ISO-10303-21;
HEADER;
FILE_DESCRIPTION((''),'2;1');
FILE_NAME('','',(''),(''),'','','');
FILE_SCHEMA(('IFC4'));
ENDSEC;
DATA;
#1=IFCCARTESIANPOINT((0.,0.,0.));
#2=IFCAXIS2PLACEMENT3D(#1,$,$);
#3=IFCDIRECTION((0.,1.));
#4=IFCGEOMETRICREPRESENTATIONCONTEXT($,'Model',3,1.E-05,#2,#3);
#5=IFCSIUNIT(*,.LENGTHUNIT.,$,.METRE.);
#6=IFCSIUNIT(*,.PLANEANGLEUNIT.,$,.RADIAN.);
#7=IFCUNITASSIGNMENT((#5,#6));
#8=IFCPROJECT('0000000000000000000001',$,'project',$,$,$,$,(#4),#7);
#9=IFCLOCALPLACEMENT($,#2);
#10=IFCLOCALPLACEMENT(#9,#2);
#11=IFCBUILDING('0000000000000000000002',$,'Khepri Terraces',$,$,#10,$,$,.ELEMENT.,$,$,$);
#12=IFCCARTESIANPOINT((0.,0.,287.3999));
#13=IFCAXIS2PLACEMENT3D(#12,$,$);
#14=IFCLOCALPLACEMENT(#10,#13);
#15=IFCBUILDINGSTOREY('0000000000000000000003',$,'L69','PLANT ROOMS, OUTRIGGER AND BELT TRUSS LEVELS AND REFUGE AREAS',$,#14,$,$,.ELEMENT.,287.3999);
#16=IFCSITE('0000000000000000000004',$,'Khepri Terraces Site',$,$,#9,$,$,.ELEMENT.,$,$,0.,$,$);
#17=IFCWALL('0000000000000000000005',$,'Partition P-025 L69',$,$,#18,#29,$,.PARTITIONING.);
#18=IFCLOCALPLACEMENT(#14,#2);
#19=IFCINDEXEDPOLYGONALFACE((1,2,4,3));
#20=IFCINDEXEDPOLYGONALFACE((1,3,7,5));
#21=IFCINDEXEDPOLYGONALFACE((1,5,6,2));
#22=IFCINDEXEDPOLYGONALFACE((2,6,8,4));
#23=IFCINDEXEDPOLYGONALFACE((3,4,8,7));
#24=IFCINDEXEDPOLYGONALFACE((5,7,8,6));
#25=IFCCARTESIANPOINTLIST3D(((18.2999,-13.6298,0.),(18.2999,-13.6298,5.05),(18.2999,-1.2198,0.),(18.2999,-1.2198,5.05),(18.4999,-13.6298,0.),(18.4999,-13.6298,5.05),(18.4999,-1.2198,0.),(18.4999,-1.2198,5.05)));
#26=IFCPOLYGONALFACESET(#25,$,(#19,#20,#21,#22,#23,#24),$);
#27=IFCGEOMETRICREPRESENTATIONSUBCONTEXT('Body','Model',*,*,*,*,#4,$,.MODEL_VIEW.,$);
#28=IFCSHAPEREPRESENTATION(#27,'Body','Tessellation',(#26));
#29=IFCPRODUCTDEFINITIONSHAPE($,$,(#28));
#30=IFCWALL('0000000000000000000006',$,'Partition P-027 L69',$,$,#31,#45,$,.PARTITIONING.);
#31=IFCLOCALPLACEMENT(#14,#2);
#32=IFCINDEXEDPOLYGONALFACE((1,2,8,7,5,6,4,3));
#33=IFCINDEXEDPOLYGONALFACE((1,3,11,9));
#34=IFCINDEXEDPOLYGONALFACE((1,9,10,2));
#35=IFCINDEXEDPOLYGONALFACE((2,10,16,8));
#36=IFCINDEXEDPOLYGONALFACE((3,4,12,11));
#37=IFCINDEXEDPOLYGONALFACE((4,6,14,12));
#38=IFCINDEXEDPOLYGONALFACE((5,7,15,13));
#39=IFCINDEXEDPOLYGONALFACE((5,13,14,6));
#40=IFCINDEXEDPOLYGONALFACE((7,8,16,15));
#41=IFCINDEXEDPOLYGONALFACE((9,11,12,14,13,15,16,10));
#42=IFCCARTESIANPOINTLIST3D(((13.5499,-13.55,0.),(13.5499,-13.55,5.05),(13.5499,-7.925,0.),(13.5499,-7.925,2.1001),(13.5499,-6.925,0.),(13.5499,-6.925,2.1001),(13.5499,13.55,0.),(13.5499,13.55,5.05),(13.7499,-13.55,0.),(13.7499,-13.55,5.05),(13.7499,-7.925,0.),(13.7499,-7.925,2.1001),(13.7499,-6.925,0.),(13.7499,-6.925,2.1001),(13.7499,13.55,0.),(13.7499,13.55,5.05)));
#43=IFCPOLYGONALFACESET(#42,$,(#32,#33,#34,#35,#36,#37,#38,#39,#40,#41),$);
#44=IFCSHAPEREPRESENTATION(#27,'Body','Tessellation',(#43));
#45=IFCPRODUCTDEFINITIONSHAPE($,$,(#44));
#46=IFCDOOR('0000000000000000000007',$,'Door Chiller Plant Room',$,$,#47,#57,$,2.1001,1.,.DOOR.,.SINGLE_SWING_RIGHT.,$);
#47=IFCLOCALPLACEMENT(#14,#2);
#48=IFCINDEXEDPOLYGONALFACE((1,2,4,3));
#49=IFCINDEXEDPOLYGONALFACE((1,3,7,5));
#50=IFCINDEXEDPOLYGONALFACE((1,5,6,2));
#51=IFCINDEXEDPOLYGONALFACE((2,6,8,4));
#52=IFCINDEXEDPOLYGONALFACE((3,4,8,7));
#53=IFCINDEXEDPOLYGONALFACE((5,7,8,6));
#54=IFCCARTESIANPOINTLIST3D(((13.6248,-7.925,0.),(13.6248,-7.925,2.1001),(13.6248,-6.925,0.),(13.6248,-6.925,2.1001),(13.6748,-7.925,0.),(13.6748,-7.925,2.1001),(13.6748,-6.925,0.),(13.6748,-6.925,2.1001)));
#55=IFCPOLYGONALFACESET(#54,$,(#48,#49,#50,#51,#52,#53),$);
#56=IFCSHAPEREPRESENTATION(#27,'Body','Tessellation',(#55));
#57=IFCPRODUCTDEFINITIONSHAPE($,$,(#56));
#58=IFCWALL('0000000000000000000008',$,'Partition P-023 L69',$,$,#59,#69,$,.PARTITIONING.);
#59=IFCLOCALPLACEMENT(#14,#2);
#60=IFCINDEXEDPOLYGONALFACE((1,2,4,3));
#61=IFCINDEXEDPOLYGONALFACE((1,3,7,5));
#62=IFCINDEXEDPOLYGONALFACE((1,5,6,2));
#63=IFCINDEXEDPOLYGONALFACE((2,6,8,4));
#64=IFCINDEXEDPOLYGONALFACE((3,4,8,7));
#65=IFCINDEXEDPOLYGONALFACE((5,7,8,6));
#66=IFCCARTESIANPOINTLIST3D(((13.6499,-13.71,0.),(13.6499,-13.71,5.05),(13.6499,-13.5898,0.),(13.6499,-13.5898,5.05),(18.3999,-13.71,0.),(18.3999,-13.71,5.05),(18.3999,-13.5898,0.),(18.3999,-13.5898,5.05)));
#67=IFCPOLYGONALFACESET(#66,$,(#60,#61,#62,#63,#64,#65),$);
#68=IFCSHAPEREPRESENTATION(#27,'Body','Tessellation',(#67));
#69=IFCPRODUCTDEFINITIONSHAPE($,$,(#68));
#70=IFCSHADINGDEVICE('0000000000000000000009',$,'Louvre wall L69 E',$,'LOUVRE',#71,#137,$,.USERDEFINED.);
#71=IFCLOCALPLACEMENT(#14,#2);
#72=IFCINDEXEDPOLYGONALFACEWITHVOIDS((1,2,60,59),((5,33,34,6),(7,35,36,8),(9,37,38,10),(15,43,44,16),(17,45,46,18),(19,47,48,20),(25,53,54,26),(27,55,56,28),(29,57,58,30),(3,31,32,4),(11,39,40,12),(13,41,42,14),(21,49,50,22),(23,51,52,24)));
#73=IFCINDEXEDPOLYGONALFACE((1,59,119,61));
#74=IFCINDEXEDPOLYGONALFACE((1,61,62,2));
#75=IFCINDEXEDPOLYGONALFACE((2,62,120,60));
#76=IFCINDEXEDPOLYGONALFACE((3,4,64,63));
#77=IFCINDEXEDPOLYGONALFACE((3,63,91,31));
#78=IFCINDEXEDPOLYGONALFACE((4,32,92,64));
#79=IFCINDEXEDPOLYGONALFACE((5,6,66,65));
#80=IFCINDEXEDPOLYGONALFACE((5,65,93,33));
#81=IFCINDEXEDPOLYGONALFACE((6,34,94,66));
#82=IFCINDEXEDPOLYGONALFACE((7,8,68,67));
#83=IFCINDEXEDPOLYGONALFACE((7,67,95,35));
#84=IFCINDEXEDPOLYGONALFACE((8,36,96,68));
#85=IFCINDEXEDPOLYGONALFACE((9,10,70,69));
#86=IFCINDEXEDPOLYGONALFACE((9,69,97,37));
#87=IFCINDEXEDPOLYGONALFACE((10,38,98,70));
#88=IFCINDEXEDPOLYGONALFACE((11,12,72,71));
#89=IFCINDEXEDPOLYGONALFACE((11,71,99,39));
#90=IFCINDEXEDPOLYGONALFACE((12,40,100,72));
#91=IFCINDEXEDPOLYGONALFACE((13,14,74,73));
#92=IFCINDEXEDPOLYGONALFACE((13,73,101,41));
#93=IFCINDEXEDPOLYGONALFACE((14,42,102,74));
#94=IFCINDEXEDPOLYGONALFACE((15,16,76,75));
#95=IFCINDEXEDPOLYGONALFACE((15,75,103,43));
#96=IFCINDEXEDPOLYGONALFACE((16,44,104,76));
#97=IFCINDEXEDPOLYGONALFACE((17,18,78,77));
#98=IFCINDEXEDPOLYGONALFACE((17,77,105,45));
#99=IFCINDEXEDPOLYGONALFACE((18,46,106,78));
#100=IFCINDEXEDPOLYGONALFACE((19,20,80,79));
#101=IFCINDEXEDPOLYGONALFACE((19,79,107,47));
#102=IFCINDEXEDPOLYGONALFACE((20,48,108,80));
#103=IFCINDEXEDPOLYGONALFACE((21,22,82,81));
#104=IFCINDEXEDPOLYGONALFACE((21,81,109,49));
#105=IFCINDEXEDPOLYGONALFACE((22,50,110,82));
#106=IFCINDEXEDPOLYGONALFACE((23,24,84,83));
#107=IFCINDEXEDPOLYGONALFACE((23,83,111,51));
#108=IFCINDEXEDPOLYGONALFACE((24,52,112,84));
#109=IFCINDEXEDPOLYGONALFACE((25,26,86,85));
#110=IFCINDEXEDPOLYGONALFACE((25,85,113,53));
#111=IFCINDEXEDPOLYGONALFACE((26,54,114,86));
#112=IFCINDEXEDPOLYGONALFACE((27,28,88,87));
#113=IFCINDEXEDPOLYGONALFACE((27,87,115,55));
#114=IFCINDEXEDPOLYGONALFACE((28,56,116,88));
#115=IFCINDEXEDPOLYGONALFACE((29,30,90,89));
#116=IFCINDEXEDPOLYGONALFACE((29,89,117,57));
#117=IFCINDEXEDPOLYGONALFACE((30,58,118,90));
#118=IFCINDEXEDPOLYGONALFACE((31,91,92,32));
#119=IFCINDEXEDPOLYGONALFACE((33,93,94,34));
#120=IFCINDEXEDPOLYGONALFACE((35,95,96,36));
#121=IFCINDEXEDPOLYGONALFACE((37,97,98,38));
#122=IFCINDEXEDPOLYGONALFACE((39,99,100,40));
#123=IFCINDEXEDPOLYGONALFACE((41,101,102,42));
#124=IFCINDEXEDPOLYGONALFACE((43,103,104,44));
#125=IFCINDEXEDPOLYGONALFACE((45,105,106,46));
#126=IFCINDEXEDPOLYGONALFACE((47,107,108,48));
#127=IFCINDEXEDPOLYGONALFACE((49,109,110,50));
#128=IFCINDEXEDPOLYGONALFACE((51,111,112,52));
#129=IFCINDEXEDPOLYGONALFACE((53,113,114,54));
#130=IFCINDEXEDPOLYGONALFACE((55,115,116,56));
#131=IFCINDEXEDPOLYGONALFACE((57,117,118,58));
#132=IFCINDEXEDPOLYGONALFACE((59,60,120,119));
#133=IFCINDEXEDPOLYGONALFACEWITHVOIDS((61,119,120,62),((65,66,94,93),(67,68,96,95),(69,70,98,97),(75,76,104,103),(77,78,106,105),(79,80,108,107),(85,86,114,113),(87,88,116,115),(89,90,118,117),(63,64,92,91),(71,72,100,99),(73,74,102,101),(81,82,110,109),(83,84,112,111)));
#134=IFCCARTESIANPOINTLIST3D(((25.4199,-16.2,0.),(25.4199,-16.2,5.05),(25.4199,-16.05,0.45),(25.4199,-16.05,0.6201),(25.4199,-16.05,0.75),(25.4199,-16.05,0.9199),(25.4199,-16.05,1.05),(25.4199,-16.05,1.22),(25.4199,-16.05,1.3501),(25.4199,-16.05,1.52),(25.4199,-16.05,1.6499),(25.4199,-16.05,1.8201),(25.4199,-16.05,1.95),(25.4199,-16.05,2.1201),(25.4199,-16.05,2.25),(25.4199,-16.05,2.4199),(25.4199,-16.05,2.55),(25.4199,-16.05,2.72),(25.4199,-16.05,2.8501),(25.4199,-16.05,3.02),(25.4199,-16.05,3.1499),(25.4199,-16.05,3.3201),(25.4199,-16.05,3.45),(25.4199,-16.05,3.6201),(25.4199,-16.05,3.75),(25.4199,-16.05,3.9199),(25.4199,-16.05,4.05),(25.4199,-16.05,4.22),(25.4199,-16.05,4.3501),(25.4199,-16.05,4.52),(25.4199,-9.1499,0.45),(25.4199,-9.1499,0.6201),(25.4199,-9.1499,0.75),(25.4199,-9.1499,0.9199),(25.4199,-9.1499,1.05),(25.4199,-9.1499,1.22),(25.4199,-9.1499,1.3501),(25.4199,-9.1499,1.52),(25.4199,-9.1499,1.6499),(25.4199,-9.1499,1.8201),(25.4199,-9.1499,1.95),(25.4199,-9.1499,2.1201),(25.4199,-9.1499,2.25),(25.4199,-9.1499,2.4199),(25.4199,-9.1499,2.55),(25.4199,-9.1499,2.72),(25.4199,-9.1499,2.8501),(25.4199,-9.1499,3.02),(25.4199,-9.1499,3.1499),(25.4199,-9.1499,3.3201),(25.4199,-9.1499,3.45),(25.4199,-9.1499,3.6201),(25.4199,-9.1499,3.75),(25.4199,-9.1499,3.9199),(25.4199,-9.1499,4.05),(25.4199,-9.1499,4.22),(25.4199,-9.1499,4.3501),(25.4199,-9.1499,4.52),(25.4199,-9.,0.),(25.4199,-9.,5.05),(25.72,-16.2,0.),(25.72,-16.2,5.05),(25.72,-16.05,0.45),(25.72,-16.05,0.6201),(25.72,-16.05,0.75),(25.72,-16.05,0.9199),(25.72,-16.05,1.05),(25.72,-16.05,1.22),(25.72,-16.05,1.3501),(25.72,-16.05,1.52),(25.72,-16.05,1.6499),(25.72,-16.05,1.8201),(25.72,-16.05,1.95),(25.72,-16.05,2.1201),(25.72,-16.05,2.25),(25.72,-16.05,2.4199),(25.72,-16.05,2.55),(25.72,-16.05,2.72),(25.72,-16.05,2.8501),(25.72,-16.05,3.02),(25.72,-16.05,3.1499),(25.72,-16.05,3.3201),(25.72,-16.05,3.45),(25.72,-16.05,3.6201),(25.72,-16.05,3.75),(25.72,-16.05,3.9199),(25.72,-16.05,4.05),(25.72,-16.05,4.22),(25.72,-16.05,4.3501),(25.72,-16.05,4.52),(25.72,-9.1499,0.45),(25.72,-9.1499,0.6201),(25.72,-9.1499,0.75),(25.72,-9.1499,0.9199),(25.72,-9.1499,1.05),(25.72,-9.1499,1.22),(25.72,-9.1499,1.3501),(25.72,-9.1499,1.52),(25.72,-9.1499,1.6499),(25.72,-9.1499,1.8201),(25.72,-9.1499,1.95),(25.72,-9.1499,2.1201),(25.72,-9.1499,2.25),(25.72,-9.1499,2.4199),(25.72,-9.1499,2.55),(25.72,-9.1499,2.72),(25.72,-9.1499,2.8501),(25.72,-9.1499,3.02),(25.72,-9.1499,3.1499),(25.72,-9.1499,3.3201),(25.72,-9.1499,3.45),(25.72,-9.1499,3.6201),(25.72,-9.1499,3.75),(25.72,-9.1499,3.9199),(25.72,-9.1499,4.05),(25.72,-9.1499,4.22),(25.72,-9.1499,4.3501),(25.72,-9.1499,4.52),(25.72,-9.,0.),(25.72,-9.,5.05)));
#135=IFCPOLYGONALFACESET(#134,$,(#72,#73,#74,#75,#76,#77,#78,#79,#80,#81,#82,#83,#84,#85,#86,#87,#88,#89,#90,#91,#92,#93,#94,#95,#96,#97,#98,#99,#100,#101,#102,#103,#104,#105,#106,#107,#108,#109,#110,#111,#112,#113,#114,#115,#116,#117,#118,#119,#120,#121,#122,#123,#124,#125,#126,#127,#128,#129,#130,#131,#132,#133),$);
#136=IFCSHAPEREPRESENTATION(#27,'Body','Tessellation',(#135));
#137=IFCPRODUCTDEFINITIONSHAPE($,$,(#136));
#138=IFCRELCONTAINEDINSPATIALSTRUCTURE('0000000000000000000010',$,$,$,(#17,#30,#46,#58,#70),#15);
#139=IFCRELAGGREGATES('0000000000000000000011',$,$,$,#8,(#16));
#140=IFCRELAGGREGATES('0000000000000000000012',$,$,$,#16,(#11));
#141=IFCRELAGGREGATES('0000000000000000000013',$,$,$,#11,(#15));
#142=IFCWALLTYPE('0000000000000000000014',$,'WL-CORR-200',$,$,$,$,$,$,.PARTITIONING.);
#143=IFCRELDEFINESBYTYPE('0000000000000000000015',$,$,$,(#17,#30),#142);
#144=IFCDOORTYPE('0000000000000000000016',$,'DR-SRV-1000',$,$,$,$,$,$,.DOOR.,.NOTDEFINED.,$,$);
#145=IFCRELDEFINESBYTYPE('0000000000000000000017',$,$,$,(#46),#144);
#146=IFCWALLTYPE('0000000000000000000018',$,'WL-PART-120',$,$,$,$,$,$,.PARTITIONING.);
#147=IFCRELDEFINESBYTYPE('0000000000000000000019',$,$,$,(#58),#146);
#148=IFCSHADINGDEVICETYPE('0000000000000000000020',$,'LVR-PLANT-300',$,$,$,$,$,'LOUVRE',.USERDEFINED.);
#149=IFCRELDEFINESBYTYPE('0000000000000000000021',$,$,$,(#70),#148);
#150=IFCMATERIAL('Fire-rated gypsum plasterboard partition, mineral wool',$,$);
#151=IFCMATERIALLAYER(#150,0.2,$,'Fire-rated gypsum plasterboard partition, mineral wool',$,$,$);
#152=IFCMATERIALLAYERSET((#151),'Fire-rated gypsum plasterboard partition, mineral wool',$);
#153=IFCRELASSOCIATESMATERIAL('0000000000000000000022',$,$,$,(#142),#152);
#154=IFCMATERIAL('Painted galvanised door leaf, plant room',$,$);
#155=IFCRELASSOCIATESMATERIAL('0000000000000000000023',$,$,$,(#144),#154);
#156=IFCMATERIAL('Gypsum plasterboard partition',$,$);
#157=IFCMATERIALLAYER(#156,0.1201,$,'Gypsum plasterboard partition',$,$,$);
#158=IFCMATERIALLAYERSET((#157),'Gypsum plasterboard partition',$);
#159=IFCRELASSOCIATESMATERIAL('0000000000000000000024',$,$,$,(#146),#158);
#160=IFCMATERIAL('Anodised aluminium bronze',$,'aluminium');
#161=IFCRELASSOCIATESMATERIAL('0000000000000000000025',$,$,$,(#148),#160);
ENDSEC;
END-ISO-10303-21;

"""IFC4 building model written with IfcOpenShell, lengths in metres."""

from ifc_helpers import new_model, si_unit, direction, frame, frame_2d, origin, place, context, subcontext, project, spatial, polyline, rectangle, outline, extrude, material, layer, layer_set, type_object, element, fill, save


model = new_model("IFC4")

# Units and contexts
model_context = context("Model", 3, precision=1e-05, world=origin(), true_north=direction((0.0, 1.0)))
body_context = subcontext(model_context, "Body", "Model", "MODEL_VIEW")
ifc_project = project(units=[si_unit("LENGTHUNIT", "METRE"), si_unit("PLANEANGLEUNIT", "RADIAN")], contexts=[model_context])

# Site, building, storey
site_placement = place(None, origin())
site = spatial("IfcSite", under=ifc_project, at=site_placement, Name="Khepri Terraces Site", CompositionType="ELEMENT", RefElevation=0.0)
building_placement = place(site_placement, origin())
building = spatial("IfcBuilding", under=site, at=building_placement, Name="Khepri Terraces", CompositionType="ELEMENT")
storey_placement = place(building_placement, frame((0.0, 0.0, 287.3999)))
storey = spatial("IfcBuildingStorey", under=building, at=storey_placement, Name="L69", Description="PLANT ROOMS, OUTRIGGER AND BELT TRUSS LEVELS AND REFUGE AREAS", CompositionType="ELEMENT", Elevation=287.3999)

# Wall
ifc_material_1 = material(Name="Fire-rated gypsum plasterboard partition, mineral wool")
ifc_layer_1 = layer(ifc_material_1, 0.2, Name="Fire-rated gypsum plasterboard partition, mineral wool")
ifc_layer_set_1 = layer_set([ifc_layer_1], Name="Fire-rated gypsum plasterboard partition, mineral wool")
wall_type_1 = type_object("IfcWallType", Name="WL-CORR-200", PredefinedType="PARTITIONING", material=ifc_layer_set_1)
wall_1_placement = place(storey_placement, frame((18.3999, -13.6299, 0.0), z_axis=(0.0, 0.0, 1.0), x_axis=(0.0, 1.0, 0.0)))
element("IfcWall", 1, at=wall_1_placement, inside=storey, type_object=wall_type_1, Name="Partition P-025 L69", PredefinedType="PARTITIONING", context=body_context, shape_type="SweptSolid", body=[
    extrude(rectangle(XDim=12.4099, YDim=0.2, at=frame_2d((6.2051, 0.0))), origin(), (0.0, 0.0, 1.0), 5.05),
])

# Wall, opening, door
wall_2_placement = place(storey_placement, frame((13.6499, -13.55, 0.0), z_axis=(0.0, 0.0, 1.0), x_axis=(0.0, 1.0, 0.0)))
wall_2 = element("IfcWall", 2, at=wall_2_placement, inside=storey, type_object=wall_type_1, Name="Partition P-027 L69", PredefinedType="PARTITIONING", context=body_context, shape_type="SweptSolid", body=[
    extrude(rectangle(XDim=27.1001, YDim=0.2, at=frame_2d((13.55, 0.0))), origin(), (0.0, 0.0, 1.0), 5.05),
])
opening_placement = place(wall_2_placement, frame((5.625, 0.0, 0.0)))
opening = element("IfcOpeningElement", 3, at=opening_placement, cuts=wall_2, PredefinedType="OPENING", context=body_context, shape_type="SweptSolid", body=[
    extrude(rectangle(XDim=1.0, YDim=2.1001, at=frame_2d((0.5, 1.05))), frame((0.0, 0.1099, 0.0), z_axis=(0.0, -1.0, 0.0), x_axis=(1.0, 0.0, 0.0)), (0.0, 0.0, 1.0), 0.22),
])
ifc_material_2 = material(Name="Painted galvanised door leaf, plant room")
door_type = type_object("IfcDoorType", Name="DR-SRV-1000", OperationType="NOTDEFINED", PredefinedType="DOOR", material=ifc_material_2)
door_placement = place(opening_placement, frame((1.0, 0.0, 0.0), z_axis=(0.0, 0.0, 1.0), x_axis=(-1.0, 0.0, 0.0)))
door = element("IfcDoor", 4, at=door_placement, inside=storey, type_object=door_type, Name="Door Chiller Plant Room", OperationType="SINGLE_SWING_RIGHT", OverallHeight=2.1001, OverallWidth=1.0, PredefinedType="DOOR", context=body_context, shape_type="SweptSolid", body=[
    extrude(rectangle(XDim=1.0, YDim=2.1001, at=frame_2d((0.5, 1.05))), frame((0.0, 0.0249, 0.0), z_axis=(0.0, -1.0, 0.0), x_axis=(1.0, 0.0, 0.0)), (0.0, 0.0, 1.0), 0.05),
])
fill(opening, door)

# Wall
ifc_material_3 = material(Name="Gypsum plasterboard partition")
ifc_layer_2 = layer(ifc_material_3, 0.1201, Name="Gypsum plasterboard partition")
ifc_layer_set_2 = layer_set([ifc_layer_2], Name="Gypsum plasterboard partition")
wall_type_2 = type_object("IfcWallType", Name="WL-PART-120", PredefinedType="PARTITIONING", material=ifc_layer_set_2)
wall_3_placement = place(storey_placement, frame((13.6499, -13.6499, 0.0), z_axis=(0.0, 0.0, 1.0), x_axis=(1.0, 0.0, 0.0)))
element("IfcWall", 5, at=wall_3_placement, inside=storey, type_object=wall_type_2, Name="Partition P-023 L69", PredefinedType="PARTITIONING", context=body_context, shape_type="SweptSolid", body=[
    extrude(rectangle(XDim=4.75, YDim=0.1201, at=frame_2d((2.375, 0.0))), origin(), (0.0, 0.0, 1.0), 5.05),
])

# Shading device
ifc_material_4 = material(Name="Anodised aluminium bronze", Category="aluminium")
shading_device_type = type_object("IfcShadingDeviceType", Name="LVR-PLANT-300", ElementType="LOUVRE", PredefinedType="USERDEFINED", material=ifc_material_4)
shading_device_1_placement = place(storey_placement, frame((25.4199, -16.2, 0.0), z_axis=(1.0, 0.0, 0.0), x_axis=(0.0, 1.0, 0.0)))
element("IfcShadingDevice", 6, at=shading_device_1_placement, inside=storey, type_object=shading_device_type, Name="Louvre wall L69 E", ObjectType="LOUVRE", PredefinedType="USERDEFINED", context=body_context, shape_type="SweptSolid", body=[
    extrude(outline(polyline([(0.0, 0.0), (7.2, 0.0), (7.2, 5.05), (0.0, 5.05), (0.0, 0.0)]), holes=[polyline([(0.1499, 0.45), (7.05, 0.45), (7.05, 0.6201), (0.1499, 0.6201), (0.1499, 0.45)]), polyline([(0.1499, 0.75), (7.05, 0.75), (7.05, 0.9199), (0.1499, 0.9199), (0.1499, 0.75)]), polyline([(0.1499, 1.05), (7.05, 1.05), (7.05, 1.22), (0.1499, 1.22), (0.1499, 1.05)]), polyline([(0.1499, 1.3501), (7.05, 1.3501), (7.05, 1.52), (0.1499, 1.52), (0.1499, 1.3501)]), polyline([(0.1499, 1.6499), (7.05, 1.6499), (7.05, 1.8201), (0.1499, 1.8201), (0.1499, 1.6499)]), polyline([(0.1499, 1.95), (7.05, 1.95), (7.05, 2.1201), (0.1499, 2.1201), (0.1499, 1.95)]), polyline([(0.1499, 2.25), (7.05, 2.25), (7.05, 2.4199), (0.1499, 2.4199), (0.1499, 2.25)]), polyline([(0.1499, 2.55), (7.05, 2.55), (7.05, 2.72), (0.1499, 2.72), (0.1499, 2.55)]), polyline([(0.1499, 2.8501), (7.05, 2.8501), (7.05, 3.02), (0.1499, 3.02), (0.1499, 2.8501)]), polyline([(0.1499, 3.1499), (7.05, 3.1499), (7.05, 3.3201), (0.1499, 3.3201), (0.1499, 3.1499)]), polyline([(0.1499, 3.45), (7.05, 3.45), (7.05, 3.6201), (0.1499, 3.6201), (0.1499, 3.45)]), polyline([(0.1499, 3.75), (7.05, 3.75), (7.05, 3.9199), (0.1499, 3.9199), (0.1499, 3.75)]), polyline([(0.1499, 4.05), (7.05, 4.05), (7.05, 4.22), (0.1499, 4.22), (0.1499, 4.05)]), polyline([(0.1499, 4.3501), (7.05, 4.3501), (7.05, 4.52), (0.1499, 4.52), (0.1499, 4.3501)])]), origin(), (0.0, 0.0, 1.0), 0.3),
])

save(model, "model.ifc")
